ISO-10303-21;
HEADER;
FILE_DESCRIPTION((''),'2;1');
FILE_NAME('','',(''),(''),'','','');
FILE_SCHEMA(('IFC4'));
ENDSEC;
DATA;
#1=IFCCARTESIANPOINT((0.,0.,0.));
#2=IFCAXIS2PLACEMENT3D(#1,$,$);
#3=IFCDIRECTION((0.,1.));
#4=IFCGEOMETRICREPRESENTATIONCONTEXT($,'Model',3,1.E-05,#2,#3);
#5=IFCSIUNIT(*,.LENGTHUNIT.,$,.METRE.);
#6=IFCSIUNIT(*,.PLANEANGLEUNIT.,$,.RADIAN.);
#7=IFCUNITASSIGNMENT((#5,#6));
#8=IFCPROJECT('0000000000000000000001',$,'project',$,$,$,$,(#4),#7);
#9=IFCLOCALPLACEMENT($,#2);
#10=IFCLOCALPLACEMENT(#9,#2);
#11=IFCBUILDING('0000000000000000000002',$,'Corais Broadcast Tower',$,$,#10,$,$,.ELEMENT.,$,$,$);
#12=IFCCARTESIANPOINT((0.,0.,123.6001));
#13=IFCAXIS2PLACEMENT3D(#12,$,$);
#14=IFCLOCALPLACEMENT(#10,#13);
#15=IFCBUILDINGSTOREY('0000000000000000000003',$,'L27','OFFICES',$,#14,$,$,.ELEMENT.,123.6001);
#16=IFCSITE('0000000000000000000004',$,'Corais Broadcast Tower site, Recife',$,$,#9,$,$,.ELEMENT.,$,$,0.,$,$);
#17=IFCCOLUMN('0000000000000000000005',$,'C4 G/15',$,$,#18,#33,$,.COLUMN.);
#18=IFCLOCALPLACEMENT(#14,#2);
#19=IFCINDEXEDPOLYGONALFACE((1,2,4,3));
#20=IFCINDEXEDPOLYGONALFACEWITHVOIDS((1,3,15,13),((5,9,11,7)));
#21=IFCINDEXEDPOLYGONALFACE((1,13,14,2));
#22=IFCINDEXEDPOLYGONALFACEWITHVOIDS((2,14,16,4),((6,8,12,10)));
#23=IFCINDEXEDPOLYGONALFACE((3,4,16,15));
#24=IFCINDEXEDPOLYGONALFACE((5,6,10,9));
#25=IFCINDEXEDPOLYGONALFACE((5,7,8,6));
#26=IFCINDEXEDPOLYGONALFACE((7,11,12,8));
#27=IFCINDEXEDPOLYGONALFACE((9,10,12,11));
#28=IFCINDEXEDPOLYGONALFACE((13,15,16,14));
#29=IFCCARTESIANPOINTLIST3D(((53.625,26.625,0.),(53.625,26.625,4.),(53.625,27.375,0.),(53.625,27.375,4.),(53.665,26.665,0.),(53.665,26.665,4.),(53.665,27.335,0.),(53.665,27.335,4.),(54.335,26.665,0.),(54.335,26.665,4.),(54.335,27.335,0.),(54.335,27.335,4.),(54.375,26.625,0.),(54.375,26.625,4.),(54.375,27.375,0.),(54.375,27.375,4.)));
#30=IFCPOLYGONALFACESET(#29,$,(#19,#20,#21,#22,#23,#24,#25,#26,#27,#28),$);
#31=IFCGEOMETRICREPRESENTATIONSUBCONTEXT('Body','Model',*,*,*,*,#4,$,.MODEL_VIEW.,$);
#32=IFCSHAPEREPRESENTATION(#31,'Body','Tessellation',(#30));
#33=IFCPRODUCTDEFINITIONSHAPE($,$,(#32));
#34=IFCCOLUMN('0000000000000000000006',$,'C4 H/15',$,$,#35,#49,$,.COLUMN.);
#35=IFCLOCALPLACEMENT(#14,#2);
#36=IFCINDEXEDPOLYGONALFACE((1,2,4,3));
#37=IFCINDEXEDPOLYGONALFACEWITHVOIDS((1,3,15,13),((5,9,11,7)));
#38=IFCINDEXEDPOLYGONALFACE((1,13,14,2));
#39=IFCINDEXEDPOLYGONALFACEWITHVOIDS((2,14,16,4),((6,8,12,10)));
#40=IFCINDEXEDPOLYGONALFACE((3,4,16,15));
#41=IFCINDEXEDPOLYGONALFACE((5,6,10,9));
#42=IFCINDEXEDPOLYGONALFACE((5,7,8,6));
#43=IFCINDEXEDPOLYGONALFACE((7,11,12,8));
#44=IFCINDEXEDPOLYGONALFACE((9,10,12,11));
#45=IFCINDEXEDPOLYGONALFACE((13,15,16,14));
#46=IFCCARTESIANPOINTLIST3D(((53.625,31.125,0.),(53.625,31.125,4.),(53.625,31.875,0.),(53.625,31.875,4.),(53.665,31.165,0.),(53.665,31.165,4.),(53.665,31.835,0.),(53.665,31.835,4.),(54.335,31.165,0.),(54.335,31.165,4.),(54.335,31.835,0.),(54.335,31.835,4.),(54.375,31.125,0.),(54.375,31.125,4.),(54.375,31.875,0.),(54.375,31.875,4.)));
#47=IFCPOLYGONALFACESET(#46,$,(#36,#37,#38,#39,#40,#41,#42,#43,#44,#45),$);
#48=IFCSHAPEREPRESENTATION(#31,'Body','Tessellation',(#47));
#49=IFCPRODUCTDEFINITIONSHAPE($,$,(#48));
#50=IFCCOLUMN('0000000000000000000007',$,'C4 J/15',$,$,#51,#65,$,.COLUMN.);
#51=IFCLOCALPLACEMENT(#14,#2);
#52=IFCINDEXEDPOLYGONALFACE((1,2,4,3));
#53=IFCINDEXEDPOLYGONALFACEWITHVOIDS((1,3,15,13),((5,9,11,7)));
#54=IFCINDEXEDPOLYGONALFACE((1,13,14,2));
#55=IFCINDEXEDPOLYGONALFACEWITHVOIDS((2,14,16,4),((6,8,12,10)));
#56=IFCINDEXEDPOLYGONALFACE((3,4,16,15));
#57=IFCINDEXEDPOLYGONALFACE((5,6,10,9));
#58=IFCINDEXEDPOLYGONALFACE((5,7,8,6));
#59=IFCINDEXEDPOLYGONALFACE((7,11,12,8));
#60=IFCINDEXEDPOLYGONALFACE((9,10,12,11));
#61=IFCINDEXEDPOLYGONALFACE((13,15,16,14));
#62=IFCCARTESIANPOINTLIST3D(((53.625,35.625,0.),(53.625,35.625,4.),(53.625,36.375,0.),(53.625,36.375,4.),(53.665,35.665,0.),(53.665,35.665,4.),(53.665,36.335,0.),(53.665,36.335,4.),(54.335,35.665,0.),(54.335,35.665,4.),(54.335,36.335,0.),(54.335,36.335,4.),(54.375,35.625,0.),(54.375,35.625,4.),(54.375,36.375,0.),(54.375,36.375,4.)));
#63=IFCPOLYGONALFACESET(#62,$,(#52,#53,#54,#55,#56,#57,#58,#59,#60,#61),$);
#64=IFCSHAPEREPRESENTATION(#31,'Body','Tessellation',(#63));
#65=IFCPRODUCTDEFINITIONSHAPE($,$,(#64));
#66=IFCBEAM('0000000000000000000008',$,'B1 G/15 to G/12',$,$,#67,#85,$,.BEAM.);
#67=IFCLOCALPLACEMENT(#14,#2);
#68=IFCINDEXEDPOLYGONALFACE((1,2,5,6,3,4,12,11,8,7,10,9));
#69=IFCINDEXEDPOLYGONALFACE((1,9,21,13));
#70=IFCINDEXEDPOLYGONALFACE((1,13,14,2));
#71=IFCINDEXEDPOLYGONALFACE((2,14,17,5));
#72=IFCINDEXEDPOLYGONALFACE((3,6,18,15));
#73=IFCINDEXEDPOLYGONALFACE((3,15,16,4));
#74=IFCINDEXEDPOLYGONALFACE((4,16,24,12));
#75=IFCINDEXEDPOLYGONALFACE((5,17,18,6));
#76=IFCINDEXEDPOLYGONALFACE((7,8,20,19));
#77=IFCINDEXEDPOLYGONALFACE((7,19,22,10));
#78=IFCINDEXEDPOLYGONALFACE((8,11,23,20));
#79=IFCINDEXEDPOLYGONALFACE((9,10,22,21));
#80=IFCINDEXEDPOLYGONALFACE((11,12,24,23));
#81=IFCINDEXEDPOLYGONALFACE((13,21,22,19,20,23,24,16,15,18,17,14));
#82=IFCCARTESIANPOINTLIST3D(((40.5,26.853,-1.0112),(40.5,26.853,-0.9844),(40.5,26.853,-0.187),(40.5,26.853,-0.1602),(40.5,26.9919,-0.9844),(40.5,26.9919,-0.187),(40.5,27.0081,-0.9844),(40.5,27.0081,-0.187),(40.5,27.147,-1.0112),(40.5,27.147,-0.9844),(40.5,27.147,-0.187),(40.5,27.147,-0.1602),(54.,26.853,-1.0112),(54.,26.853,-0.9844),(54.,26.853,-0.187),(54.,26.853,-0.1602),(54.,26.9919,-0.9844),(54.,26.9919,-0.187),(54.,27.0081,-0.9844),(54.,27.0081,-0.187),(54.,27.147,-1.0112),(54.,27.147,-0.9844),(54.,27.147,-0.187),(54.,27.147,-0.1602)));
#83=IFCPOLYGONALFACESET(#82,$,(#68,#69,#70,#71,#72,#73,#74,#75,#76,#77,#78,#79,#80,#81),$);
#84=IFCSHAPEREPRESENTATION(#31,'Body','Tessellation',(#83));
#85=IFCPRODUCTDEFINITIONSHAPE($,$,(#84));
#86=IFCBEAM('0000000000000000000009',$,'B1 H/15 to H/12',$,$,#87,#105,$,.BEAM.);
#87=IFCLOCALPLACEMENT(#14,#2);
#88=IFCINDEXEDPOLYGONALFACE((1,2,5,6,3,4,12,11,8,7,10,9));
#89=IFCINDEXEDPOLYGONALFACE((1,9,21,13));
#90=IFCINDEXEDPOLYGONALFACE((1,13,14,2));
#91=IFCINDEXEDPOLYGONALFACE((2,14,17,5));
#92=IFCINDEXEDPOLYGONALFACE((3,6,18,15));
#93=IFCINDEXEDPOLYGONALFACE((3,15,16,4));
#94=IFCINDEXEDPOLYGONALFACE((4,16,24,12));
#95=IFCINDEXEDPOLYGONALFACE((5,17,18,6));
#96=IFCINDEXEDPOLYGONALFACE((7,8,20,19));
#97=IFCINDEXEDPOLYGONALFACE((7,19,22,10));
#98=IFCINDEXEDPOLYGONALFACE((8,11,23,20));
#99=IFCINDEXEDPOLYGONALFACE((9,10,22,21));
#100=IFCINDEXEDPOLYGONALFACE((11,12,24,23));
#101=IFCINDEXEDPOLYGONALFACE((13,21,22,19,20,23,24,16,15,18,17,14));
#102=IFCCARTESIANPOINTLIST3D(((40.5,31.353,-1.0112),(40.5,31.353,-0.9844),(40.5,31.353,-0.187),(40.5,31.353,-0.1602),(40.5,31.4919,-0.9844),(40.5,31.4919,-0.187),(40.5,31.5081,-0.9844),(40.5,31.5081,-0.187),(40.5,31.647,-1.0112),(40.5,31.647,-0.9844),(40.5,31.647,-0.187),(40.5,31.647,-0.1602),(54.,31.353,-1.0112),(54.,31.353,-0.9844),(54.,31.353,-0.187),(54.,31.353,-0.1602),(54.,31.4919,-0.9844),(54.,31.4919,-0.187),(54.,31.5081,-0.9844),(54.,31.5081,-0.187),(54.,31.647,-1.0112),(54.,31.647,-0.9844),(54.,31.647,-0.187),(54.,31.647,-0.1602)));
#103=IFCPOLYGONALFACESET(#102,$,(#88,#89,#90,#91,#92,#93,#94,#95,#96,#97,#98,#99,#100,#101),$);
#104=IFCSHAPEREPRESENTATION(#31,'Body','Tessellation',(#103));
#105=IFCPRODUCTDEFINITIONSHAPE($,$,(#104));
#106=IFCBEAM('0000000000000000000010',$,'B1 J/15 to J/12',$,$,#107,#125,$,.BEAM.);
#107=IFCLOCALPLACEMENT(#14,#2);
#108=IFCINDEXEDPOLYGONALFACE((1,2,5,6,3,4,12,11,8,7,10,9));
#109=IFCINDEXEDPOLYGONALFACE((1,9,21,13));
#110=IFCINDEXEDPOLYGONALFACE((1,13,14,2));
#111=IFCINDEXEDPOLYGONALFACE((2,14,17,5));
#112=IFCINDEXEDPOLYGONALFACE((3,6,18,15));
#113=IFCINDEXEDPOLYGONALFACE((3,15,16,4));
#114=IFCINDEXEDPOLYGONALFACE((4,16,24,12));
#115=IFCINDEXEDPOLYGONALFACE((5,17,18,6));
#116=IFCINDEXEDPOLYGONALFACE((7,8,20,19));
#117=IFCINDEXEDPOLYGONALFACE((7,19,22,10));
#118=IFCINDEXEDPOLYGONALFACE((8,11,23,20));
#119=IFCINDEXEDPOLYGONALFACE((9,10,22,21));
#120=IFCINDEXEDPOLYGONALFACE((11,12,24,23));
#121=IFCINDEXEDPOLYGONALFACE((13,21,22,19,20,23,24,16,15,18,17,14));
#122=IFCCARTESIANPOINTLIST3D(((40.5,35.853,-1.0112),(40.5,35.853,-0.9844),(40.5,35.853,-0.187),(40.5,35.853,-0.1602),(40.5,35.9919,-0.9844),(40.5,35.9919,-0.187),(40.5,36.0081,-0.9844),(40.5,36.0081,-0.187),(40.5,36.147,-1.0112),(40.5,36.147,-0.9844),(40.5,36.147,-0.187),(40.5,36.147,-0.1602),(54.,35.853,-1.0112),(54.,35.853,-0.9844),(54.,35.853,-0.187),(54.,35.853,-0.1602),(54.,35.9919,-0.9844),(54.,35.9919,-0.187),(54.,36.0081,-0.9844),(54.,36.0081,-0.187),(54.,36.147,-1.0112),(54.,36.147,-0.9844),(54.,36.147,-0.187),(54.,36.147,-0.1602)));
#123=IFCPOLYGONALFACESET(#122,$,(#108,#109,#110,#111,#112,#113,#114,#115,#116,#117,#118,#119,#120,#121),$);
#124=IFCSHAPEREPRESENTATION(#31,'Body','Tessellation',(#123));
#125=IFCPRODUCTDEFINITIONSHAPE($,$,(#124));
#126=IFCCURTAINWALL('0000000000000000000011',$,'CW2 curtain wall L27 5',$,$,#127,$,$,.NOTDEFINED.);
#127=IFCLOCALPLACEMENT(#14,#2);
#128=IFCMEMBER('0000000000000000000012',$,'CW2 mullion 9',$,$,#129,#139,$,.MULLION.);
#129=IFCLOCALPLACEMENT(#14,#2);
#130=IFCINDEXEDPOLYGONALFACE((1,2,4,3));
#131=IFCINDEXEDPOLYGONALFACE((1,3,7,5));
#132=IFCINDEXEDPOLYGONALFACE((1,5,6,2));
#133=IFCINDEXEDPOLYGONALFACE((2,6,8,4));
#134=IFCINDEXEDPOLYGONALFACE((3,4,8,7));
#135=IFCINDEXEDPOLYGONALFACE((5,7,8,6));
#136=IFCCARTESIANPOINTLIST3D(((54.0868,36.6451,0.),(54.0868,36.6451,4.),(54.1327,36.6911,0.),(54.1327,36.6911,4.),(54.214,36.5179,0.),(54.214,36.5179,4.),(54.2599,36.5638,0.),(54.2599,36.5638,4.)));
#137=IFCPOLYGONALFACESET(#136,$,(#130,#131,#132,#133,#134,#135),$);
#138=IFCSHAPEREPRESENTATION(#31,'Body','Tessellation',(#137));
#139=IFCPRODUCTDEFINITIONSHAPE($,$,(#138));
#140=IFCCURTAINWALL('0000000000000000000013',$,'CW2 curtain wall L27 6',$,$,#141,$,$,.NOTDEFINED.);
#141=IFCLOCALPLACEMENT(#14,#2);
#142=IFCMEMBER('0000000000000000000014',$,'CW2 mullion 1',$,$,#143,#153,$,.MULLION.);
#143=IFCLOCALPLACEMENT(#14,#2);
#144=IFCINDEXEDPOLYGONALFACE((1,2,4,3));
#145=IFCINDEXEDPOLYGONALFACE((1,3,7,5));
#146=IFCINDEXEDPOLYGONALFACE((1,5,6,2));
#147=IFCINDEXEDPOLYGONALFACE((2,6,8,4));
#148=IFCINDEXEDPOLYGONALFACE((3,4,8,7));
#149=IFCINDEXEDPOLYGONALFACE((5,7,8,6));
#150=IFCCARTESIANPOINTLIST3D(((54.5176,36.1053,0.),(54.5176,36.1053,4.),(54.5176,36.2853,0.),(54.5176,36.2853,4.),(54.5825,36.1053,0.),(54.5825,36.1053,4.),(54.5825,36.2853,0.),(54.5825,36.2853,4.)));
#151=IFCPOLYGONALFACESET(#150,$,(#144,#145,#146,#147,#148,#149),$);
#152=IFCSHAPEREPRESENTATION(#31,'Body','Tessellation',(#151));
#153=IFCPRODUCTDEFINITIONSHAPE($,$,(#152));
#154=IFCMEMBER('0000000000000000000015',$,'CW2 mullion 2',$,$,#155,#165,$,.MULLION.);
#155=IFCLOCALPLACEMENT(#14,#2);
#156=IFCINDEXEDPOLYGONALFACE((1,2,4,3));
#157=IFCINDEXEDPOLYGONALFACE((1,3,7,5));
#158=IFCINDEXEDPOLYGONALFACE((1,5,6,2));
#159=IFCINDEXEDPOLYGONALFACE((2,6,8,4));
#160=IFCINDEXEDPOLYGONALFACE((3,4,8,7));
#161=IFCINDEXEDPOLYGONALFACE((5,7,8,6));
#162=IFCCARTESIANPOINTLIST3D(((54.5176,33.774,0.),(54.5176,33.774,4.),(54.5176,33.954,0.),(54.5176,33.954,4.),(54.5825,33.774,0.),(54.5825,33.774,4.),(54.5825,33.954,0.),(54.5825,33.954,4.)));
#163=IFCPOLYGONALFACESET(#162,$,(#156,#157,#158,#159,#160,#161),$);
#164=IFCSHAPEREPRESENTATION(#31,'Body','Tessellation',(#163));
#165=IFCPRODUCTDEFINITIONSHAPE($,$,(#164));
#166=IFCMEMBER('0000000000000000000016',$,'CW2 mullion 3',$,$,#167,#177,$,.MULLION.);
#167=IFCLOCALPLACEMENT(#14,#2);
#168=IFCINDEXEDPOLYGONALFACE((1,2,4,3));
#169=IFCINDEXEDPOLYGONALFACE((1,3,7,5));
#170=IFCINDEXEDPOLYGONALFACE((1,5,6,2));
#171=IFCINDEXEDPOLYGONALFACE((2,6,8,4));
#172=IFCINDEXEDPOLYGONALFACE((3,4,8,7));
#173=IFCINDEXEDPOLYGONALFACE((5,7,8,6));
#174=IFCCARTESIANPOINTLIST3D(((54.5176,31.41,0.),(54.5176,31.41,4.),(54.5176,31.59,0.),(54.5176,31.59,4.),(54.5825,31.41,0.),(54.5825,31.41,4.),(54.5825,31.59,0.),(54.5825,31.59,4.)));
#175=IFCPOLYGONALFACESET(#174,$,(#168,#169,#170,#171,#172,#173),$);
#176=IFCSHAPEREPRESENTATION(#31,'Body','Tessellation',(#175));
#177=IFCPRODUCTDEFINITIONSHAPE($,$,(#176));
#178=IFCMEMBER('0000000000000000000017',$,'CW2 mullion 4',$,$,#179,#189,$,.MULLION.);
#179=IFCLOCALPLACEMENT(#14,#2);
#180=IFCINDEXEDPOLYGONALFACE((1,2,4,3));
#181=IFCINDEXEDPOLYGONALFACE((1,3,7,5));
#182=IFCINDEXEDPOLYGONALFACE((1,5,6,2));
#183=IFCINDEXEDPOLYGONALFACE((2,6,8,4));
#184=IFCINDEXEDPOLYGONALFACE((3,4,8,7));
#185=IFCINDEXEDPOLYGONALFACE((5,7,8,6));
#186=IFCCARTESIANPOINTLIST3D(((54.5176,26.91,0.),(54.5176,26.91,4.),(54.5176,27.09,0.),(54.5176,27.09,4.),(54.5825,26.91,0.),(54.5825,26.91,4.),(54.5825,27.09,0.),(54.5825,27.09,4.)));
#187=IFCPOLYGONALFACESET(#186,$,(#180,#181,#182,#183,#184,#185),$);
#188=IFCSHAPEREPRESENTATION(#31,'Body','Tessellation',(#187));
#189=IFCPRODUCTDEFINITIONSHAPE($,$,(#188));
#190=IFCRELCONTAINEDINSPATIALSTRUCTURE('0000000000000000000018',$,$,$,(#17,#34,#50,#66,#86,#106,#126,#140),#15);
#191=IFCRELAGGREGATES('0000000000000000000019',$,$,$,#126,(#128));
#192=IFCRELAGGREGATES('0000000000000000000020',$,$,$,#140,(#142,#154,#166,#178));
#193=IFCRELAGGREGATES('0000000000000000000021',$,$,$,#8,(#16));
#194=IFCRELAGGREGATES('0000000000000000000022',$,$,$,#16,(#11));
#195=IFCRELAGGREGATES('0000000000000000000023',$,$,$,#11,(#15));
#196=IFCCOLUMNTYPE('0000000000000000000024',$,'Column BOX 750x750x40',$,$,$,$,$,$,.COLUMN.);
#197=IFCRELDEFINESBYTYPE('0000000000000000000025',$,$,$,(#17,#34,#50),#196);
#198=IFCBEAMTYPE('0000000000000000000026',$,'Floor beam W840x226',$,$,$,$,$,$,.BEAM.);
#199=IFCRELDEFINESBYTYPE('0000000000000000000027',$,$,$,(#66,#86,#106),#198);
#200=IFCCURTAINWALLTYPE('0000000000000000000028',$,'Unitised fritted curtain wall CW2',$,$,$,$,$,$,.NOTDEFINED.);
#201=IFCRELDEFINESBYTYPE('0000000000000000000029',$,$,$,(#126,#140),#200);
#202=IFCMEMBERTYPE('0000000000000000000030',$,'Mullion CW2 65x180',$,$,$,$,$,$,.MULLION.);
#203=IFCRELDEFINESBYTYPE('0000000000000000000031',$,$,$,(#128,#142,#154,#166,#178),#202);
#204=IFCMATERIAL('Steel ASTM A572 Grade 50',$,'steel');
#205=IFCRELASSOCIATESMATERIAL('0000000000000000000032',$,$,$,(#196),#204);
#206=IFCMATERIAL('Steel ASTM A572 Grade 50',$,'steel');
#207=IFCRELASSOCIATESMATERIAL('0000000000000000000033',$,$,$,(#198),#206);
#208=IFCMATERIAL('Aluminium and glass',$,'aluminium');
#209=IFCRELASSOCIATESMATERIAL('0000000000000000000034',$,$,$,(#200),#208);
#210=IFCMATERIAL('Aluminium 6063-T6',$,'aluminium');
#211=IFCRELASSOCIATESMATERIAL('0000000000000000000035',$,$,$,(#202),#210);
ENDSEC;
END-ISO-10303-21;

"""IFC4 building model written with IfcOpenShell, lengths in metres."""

from ifc_helpers import new_model, si_unit, direction, frame, origin, origin_2d, place, context, subcontext, project, spatial, rectangle, hollow_rectangle, i_section, extrude, material, material_profile, profile_set, type_object, element, aggregate, save


model = new_model("IFC4")

# Units and contexts
model_context = context("Model", 3, precision=1e-05, world=origin(), true_north=direction((0.0, 1.0)))
body_context = subcontext(model_context, "Body", "Model", "MODEL_VIEW")
ifc_project = project(units=[si_unit("LENGTHUNIT", "METRE"), si_unit("PLANEANGLEUNIT", "RADIAN")], contexts=[model_context])

# Site, building, storey
site_placement = place(None, origin())
site = spatial("IfcSite", under=ifc_project, at=site_placement, Name="Corais Broadcast Tower site, Recife", CompositionType="ELEMENT", RefElevation=0.0)
building_placement = place(site_placement, origin())
building = spatial("IfcBuilding", under=site, at=building_placement, Name="Corais Broadcast Tower", CompositionType="ELEMENT")
storey_placement = place(building_placement, frame((0.0, 0.0, 123.6001)))
storey = spatial("IfcBuildingStorey", under=building, at=storey_placement, Name="L27", Description="OFFICES", CompositionType="ELEMENT", Elevation=123.6001)

# Columns
ifc_material_1 = material(Name="Steel ASTM A572 Grade 50", Category="steel")
ifc_material_profile_1 = material_profile(ifc_material_1, hollow_rectangle(XDim=0.75, YDim=0.75, WallThickness=0.04, at=origin_2d()), Name="BOX 750x750x40")
ifc_profile_set_1 = profile_set([ifc_material_profile_1], Name="Steel ASTM A572 Grade 50")
column_type = type_object("IfcColumnType", Name="Column BOX 750x750x40", PredefinedType="COLUMN", material=ifc_profile_set_1)
for number, where, z_axis, x_axis, name in (
    (1, (54.0, 27.0, 0.0), (0.0, 0.0, 1.0), (1.0, 0.0, 0.0), "C4 G/15"),
    (2, (54.0, 31.5, 0.0), (0.0, 0.0, 1.0), (1.0, 0.0, 0.0), "C4 H/15"),
    (3, (54.0, 36.0, 0.0), (0.0, 0.0, 1.0), (1.0, 0.0, 0.0), "C4 J/15"),
):
    element("IfcColumn", number, at=place(storey_placement, frame(where, z_axis=z_axis, x_axis=x_axis)), inside=storey, type_object=column_type, Name=name, PredefinedType="COLUMN", context=body_context, shape_type="SweptSolid", body=[
        extrude(hollow_rectangle(XDim=0.75, YDim=0.75, WallThickness=0.04, at=origin_2d()), origin(), (0.0, 0.0, 1.0), 4.0),
    ])

# Beams
ifc_material_2 = material(Name="Steel ASTM A572 Grade 50", Category="steel")
ifc_material_profile_2 = material_profile(ifc_material_2, i_section(OverallWidth=0.2939, OverallDepth=0.8511, WebThickness=0.0161, FlangeThickness=0.0269, at=origin_2d()), Name="W840x226")
ifc_profile_set_2 = profile_set([ifc_material_profile_2], Name="Steel ASTM A572 Grade 50")
beam_type_1 = type_object("IfcBeamType", Name="Floor beam W840x226", PredefinedType="BEAM", material=ifc_profile_set_2)
for number, where, z_axis, x_axis, name in (
    (4, (54.0, 27.0, -0.5857), (-1.0, 0.0, 0.0), (0.0, -1.0, 0.0), "B1 G/15 to G/12"),
    (5, (54.0, 31.5, -0.5857), (-1.0, 0.0, 0.0), (0.0, -1.0, 0.0), "B1 H/15 to H/12"),
    (6, (54.0, 36.0, -0.5857), (-1.0, 0.0, 0.0), (0.0, -1.0, 0.0), "B1 J/15 to J/12"),
):
    element("IfcBeam", number, at=place(storey_placement, frame(where, z_axis=z_axis, x_axis=x_axis)), inside=storey, type_object=beam_type_1, Name=name, PredefinedType="BEAM", context=body_context, shape_type="SweptSolid", body=[
        extrude(i_section(OverallWidth=0.2939, OverallDepth=0.8511, WebThickness=0.0161, FlangeThickness=0.0269, at=origin_2d()), origin(), (0.0, 0.0, 1.0), 13.5),
    ])

# Curtain wall, member
ifc_material_3 = material(Name="Aluminium and glass", Category="aluminium")
curtain_wall_type = type_object("IfcCurtainWallType", Name="Unitised fritted curtain wall CW2", PredefinedType="NOTDEFINED", material=ifc_material_3)
curtain_wall_1_placement = place(storey_placement, origin())
curtain_wall_1 = element("IfcCurtainWall", 7, at=curtain_wall_1_placement, inside=storey, type_object=curtain_wall_type, Name="CW2 curtain wall L27 5", PredefinedType="NOTDEFINED")
ifc_material_4 = material(Name="Aluminium 6063-T6", Category="aluminium")
ifc_material_profile_3 = material_profile(ifc_material_4, rectangle(XDim=0.0649, YDim=0.1799, at=origin_2d()), Name="Mullion CW2 65x180")
ifc_profile_set_3 = profile_set([ifc_material_profile_3], Name="Aluminium 6063-T6")
member_type_1 = type_object("IfcMemberType", Name="Mullion CW2 65x180", PredefinedType="MULLION", material=ifc_profile_set_3)
member_1_placement = place(storey_placement, frame((54.1733, 36.6045, 0.0), z_axis=(0.0, 0.0, 1.0), x_axis=(0.707107, 0.707107, 0.0)))
member_1 = element("IfcMember", 8, at=member_1_placement, type_object=member_type_1, Name="CW2 mullion 9", PredefinedType="MULLION", context=body_context, shape_type="SweptSolid", body=[
    extrude(rectangle(XDim=0.0649, YDim=0.1799, at=origin_2d()), origin(), (0.0, 0.0, 1.0), 4.0),
])
aggregate(curtain_wall_1, [member_1])

# Curtain wall, members
curtain_wall_2_placement = place(storey_placement, origin())
curtain_wall_2 = element("IfcCurtainWall", 9, at=curtain_wall_2_placement, inside=storey, type_object=curtain_wall_type, Name="CW2 curtain wall L27 6", PredefinedType="NOTDEFINED")
member_2_placement = place(storey_placement, frame((54.55, 36.1953, 0.0), z_axis=(0.0, 0.0, 1.0), x_axis=(1.0, 0.0, 0.0)))
member_2 = element("IfcMember", 10, at=member_2_placement, type_object=member_type_1, Name="CW2 mullion 1", PredefinedType="MULLION", context=body_context, shape_type="SweptSolid", body=[
    extrude(rectangle(XDim=0.0649, YDim=0.1799, at=origin_2d()), origin(), (0.0, 0.0, 1.0), 4.0),
])
member_3_placement = place(storey_placement, frame((54.55, 33.864, 0.0), z_axis=(0.0, 0.0, 1.0), x_axis=(1.0, 0.0, 0.0)))
member_3 = element("IfcMember", 11, at=member_3_placement, type_object=member_type_1, Name="CW2 mullion 2", PredefinedType="MULLION", context=body_context, shape_type="SweptSolid", body=[
    extrude(rectangle(XDim=0.0649, YDim=0.1799, at=origin_2d()), origin(), (0.0, 0.0, 1.0), 4.0),
])
member_4_placement = place(storey_placement, frame((54.55, 31.5, 0.0), z_axis=(0.0, 0.0, 1.0), x_axis=(1.0, 0.0, 0.0)))
member_4 = element("IfcMember", 12, at=member_4_placement, type_object=member_type_1, Name="CW2 mullion 3", PredefinedType="MULLION", context=body_context, shape_type="SweptSolid", body=[
    extrude(rectangle(XDim=0.0649, YDim=0.1799, at=origin_2d()), origin(), (0.0, 0.0, 1.0), 4.0),
])
member_5_placement = place(storey_placement, frame((54.55, 27.0, 0.0), z_axis=(0.0, 0.0, 1.0), x_axis=(1.0, 0.0, 0.0)))
member_5 = element("IfcMember", 13, at=member_5_placement, type_object=member_type_1, Name="CW2 mullion 4", PredefinedType="MULLION", context=body_context, shape_type="SweptSolid", body=[
    extrude(rectangle(XDim=0.0649, YDim=0.1799, at=origin_2d()), origin(), (0.0, 0.0, 1.0), 4.0),
])

aggregate(curtain_wall_2, [member_2, member_3, member_4, member_5])

save(model, "model.ifc")
